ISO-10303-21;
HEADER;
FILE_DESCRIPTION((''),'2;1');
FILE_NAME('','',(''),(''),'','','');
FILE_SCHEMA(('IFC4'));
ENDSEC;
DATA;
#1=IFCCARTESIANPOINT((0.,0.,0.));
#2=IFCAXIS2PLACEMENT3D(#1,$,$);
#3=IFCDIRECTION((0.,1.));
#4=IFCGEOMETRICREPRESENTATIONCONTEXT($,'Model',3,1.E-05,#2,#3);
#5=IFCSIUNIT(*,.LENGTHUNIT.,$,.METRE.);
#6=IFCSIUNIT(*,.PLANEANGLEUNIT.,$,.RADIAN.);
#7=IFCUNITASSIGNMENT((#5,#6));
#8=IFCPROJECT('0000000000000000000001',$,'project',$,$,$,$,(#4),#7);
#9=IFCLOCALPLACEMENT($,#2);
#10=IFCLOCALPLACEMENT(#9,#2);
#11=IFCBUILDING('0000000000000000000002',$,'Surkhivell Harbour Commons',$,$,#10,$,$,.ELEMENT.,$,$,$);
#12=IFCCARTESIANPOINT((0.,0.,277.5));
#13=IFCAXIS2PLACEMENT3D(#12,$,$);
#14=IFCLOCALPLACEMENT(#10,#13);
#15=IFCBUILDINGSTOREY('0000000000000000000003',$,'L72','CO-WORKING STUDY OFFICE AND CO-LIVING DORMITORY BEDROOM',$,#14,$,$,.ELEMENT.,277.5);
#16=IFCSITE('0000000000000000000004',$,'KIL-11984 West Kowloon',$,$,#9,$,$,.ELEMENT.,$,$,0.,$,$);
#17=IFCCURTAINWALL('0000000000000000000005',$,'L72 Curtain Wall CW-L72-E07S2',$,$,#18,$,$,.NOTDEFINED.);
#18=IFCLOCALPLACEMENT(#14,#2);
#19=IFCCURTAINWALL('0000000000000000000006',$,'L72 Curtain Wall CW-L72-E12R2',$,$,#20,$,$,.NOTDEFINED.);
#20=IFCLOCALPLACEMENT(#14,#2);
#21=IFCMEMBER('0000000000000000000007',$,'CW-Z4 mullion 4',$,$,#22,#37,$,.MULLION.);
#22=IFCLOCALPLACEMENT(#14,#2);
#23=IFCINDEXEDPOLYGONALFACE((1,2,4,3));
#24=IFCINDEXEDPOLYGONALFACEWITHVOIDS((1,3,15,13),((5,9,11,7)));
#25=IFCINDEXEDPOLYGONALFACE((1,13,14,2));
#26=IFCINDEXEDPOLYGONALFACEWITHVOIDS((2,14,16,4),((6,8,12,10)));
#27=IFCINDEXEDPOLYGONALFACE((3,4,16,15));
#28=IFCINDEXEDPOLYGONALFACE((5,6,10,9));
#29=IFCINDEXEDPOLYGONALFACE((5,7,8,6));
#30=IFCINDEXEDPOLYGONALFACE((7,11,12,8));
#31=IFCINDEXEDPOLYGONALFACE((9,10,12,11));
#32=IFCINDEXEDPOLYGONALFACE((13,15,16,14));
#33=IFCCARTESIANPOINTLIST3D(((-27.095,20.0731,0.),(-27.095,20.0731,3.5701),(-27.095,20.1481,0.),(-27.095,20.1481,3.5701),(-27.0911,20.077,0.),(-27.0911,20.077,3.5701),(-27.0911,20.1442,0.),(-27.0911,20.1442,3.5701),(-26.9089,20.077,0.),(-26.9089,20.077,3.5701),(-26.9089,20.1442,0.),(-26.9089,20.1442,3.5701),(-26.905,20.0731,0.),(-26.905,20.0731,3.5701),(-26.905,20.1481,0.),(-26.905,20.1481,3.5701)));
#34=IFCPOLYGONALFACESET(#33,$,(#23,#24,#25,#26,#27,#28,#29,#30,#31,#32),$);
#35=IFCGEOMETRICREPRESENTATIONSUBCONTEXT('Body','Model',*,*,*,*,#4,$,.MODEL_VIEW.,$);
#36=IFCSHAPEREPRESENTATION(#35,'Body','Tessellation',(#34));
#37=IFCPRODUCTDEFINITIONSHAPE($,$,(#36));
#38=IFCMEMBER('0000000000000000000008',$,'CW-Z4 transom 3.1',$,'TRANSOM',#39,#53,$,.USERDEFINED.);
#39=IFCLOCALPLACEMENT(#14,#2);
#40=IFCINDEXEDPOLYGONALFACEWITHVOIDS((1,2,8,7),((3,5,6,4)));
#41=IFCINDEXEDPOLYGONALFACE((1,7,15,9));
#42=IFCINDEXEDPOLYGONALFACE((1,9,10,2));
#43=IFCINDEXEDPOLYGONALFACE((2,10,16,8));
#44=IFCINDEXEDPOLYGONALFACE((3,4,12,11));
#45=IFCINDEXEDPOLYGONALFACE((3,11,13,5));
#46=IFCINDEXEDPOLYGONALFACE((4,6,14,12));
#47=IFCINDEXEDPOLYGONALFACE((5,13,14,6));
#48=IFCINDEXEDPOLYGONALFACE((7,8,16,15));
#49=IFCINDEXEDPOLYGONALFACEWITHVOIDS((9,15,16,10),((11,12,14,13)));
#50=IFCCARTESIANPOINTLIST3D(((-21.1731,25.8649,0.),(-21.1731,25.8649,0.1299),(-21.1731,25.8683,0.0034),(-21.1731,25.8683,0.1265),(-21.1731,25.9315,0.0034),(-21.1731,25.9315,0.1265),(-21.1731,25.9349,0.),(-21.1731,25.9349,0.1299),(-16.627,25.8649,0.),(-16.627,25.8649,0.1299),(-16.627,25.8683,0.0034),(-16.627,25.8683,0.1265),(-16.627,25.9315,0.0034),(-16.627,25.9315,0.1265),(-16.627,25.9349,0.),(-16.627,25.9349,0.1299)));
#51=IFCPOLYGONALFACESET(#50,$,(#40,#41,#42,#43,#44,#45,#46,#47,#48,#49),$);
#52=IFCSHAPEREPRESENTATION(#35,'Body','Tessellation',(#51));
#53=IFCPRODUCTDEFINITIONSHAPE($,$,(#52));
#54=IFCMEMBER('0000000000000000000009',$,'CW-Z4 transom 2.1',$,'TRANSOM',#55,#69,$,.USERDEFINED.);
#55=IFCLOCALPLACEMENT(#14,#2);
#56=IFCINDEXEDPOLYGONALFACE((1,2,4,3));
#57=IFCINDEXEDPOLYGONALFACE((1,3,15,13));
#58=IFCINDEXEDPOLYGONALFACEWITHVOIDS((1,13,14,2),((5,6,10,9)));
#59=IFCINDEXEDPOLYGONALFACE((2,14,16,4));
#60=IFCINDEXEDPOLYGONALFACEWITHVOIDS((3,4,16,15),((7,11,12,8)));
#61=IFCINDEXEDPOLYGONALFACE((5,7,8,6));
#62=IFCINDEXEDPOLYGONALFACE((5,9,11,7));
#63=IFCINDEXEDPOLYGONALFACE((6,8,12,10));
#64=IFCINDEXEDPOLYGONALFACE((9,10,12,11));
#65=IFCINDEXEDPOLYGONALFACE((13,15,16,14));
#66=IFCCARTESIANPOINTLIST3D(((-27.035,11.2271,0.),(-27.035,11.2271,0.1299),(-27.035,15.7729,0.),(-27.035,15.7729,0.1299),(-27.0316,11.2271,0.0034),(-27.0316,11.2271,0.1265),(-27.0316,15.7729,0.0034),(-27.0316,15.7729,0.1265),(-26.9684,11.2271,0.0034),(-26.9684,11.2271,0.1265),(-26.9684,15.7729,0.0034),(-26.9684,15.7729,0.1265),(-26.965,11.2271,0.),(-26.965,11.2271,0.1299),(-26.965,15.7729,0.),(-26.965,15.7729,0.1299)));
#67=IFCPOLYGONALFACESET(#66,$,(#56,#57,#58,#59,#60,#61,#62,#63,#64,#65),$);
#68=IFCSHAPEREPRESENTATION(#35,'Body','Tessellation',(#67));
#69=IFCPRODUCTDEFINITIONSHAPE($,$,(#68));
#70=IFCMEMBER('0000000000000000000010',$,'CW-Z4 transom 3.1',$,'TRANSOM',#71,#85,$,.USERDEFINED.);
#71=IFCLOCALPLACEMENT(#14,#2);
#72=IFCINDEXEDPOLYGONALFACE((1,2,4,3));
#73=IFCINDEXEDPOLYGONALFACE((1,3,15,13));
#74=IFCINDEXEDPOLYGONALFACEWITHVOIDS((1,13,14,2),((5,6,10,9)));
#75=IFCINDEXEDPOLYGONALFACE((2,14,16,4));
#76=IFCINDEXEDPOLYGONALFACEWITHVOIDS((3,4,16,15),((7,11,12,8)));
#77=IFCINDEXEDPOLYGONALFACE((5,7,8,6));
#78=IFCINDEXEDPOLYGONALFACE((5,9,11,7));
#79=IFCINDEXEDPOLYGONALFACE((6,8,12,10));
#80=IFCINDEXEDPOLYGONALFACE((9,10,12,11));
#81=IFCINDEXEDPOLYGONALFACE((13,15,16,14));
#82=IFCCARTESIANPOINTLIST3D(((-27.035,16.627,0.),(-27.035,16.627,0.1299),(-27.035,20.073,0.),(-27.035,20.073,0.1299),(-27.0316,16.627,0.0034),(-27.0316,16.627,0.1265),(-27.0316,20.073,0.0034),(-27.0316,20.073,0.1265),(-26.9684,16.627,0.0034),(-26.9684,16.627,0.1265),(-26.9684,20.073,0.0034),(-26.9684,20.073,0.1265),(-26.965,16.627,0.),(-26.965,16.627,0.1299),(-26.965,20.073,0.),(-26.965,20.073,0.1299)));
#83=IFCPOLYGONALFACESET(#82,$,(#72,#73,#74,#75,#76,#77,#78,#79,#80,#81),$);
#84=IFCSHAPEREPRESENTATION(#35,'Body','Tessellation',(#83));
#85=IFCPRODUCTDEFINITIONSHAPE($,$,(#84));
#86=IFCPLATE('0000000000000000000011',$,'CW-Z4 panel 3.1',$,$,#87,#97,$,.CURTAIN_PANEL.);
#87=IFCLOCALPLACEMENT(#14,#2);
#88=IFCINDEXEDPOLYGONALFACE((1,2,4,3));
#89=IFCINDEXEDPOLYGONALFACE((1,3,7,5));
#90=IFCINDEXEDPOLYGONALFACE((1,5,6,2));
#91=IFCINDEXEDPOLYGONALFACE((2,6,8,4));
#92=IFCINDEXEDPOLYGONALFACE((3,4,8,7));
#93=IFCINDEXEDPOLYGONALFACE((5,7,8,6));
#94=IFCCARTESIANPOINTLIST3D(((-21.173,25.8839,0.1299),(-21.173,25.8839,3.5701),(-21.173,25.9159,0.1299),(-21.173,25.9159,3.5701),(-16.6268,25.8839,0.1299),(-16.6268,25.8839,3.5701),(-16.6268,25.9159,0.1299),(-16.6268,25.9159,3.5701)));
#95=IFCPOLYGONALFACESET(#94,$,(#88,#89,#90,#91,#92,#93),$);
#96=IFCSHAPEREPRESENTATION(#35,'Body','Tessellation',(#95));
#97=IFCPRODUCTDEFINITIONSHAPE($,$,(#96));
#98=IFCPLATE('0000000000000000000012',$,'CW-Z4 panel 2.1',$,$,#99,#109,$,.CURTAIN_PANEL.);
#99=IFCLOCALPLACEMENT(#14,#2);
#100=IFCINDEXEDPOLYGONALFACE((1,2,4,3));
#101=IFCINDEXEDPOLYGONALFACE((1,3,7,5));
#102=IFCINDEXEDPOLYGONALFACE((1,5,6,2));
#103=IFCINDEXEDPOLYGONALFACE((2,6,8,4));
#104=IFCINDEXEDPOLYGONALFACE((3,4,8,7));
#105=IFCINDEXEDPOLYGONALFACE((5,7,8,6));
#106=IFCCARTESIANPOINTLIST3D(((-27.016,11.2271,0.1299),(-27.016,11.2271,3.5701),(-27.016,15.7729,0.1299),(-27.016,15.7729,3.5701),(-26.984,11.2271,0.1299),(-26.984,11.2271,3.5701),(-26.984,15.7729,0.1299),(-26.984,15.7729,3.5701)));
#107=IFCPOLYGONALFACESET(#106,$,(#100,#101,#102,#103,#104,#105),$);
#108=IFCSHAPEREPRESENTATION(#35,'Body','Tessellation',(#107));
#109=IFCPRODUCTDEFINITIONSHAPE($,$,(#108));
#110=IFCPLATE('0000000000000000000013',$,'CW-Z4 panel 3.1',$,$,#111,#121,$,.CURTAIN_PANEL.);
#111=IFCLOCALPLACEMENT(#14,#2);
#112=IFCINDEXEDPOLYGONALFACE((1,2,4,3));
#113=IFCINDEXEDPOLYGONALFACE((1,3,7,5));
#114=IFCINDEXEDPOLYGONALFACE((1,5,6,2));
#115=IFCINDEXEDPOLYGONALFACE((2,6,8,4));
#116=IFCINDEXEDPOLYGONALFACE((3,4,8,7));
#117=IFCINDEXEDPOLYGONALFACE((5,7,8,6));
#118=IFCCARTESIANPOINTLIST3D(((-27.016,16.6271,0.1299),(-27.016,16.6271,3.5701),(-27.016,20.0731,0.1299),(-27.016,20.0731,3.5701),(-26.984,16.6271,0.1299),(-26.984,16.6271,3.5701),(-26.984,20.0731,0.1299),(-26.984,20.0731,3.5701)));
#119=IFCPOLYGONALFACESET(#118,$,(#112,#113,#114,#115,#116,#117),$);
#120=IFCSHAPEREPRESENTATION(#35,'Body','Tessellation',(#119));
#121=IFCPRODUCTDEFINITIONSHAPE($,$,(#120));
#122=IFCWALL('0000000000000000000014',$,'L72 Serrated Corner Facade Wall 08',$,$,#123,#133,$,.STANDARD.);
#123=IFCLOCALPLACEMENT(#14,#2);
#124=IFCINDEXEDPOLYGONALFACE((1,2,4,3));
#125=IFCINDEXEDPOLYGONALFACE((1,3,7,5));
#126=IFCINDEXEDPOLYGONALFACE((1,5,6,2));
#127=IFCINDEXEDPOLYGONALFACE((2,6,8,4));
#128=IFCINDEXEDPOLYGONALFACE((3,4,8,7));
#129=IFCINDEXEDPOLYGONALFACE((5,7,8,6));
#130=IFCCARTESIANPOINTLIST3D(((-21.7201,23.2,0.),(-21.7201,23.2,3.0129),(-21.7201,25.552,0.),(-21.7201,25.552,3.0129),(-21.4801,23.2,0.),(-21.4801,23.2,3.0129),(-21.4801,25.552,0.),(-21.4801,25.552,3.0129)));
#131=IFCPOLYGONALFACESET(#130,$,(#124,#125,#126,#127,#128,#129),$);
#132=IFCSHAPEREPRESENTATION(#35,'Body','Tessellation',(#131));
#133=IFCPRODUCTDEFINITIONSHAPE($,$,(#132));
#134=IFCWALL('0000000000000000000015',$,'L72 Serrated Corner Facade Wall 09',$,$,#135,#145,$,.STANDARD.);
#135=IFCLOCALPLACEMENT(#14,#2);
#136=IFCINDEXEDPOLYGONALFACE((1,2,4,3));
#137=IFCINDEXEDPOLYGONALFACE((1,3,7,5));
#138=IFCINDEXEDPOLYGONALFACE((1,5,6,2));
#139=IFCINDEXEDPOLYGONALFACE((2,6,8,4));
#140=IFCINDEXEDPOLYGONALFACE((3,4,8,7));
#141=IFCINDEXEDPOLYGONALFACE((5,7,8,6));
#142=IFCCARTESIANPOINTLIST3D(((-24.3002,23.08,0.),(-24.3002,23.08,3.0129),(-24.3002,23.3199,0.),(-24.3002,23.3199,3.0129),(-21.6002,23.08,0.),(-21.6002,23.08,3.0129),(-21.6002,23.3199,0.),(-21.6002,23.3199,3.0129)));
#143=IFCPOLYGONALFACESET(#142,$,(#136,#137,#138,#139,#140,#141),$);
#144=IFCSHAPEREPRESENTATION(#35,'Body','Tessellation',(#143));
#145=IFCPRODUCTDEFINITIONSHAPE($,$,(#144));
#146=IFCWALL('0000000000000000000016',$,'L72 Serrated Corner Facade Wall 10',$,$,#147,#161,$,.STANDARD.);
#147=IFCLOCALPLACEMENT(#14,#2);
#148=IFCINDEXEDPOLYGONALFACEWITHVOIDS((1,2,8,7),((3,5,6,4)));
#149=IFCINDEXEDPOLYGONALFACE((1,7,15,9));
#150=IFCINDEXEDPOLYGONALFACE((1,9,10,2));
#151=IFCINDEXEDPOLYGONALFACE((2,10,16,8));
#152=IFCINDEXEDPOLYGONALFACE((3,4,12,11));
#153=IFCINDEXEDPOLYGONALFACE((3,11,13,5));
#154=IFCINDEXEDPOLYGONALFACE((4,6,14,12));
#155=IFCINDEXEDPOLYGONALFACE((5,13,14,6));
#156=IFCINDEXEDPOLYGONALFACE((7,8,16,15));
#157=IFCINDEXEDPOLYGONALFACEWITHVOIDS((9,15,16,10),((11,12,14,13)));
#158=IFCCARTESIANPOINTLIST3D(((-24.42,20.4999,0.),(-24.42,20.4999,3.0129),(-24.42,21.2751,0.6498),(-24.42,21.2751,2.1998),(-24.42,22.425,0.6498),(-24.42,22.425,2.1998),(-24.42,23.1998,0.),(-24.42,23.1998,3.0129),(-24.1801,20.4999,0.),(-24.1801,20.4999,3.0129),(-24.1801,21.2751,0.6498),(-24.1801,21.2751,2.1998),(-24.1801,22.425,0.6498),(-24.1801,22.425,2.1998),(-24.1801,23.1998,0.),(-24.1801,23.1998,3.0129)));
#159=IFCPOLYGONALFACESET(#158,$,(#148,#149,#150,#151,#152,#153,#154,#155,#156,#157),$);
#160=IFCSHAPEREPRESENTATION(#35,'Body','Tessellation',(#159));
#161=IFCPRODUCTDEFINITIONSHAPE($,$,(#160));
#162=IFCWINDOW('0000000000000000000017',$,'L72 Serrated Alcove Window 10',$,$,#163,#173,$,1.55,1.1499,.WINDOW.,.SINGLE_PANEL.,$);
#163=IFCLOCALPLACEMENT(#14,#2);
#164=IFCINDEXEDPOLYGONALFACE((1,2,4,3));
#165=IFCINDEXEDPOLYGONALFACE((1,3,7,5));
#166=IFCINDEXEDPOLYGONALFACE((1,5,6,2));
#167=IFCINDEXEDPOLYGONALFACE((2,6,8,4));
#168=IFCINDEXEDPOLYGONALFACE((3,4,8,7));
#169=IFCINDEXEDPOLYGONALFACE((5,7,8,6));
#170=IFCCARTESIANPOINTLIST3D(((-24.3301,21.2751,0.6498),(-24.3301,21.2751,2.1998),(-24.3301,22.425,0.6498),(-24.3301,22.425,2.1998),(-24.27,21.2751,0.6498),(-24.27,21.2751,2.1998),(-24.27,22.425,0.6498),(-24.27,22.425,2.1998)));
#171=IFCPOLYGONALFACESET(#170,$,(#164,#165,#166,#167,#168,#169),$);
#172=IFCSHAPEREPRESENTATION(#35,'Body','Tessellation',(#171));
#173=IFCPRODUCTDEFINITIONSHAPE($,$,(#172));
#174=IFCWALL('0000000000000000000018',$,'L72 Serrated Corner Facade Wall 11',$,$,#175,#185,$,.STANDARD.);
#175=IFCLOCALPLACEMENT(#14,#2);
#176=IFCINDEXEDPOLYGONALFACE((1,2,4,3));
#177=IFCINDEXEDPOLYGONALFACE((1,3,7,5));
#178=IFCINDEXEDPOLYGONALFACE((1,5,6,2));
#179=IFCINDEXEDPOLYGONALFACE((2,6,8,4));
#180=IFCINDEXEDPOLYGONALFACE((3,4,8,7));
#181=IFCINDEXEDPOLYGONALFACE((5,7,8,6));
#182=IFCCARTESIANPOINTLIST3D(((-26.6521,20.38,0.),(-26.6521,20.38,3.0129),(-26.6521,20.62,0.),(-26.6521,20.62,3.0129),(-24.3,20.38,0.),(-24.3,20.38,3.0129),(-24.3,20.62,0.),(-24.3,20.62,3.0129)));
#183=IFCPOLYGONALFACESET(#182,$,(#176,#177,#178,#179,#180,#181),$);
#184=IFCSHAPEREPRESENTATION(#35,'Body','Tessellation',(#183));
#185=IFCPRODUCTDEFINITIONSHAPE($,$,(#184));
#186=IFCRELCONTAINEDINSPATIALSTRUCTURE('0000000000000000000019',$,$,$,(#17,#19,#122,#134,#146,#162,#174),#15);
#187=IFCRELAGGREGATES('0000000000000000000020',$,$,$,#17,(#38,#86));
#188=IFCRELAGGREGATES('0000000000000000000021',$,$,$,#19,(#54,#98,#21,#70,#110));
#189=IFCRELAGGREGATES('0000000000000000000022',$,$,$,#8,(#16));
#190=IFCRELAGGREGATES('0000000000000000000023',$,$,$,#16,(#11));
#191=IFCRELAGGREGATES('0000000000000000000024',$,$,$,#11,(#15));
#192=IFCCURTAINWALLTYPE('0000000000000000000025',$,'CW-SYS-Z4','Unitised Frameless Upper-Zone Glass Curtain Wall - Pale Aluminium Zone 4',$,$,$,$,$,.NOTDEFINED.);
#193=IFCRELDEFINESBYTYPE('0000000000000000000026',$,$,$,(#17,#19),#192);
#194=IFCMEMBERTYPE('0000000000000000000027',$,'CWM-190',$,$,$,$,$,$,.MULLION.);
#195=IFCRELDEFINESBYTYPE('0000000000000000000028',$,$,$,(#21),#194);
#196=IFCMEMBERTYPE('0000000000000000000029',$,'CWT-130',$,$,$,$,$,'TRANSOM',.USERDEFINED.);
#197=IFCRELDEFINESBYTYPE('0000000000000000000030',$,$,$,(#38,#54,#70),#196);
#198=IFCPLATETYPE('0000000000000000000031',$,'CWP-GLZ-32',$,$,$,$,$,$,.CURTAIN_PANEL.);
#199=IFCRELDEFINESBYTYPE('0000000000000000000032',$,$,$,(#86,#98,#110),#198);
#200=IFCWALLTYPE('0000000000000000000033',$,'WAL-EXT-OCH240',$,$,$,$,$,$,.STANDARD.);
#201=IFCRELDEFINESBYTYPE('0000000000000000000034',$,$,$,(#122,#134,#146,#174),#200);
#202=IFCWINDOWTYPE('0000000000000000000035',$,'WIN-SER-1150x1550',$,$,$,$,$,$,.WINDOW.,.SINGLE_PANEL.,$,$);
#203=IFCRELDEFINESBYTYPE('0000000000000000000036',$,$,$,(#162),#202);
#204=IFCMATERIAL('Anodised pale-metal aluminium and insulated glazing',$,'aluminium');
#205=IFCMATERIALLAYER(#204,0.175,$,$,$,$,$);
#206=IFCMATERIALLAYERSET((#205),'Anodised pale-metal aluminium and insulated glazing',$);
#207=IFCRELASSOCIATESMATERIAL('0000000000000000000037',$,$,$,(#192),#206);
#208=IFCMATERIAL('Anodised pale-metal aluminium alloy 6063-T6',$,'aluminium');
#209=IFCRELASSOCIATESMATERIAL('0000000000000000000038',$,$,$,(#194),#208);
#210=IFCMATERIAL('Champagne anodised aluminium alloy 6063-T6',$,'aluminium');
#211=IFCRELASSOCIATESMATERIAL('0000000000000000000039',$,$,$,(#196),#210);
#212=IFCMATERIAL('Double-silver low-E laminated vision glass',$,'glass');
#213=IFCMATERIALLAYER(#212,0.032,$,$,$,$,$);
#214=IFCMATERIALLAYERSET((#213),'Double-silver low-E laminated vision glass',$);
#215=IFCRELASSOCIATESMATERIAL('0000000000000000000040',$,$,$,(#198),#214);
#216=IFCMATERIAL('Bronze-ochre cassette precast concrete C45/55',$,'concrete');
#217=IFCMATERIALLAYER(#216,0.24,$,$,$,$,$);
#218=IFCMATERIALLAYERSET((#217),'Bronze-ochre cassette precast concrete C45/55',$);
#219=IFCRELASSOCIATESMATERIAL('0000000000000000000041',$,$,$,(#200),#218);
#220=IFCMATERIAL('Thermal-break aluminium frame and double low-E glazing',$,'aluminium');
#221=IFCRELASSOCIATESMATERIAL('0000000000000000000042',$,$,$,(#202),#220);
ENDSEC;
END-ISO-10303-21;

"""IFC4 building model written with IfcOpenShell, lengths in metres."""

from ifc_helpers import new_model, si_unit, direction, frame, frame_2d, origin, origin_2d, place, context, subcontext, project, spatial, rectangle, hollow_rectangle, extrude, material, layer, layer_set, material_profile, profile_set, type_object, element, fill, aggregate, save


model = new_model("IFC4")

# Units and contexts
model_context = context("Model", 3, precision=1e-05, world=origin(), true_north=direction((0.0, 1.0)))
body_context = subcontext(model_context, "Body", "Model", "MODEL_VIEW")
ifc_project = project(units=[si_unit("LENGTHUNIT", "METRE"), si_unit("PLANEANGLEUNIT", "RADIAN")], contexts=[model_context])

# Site, building, storey
site_placement = place(None, origin())
site = spatial("IfcSite", under=ifc_project, at=site_placement, Name="KIL-11984 West Kowloon", CompositionType="ELEMENT", RefElevation=0.0)
building_placement = place(site_placement, origin())
building = spatial("IfcBuilding", under=site, at=building_placement, Name="Surkhivell Harbour Commons", CompositionType="ELEMENT")
storey_placement = place(building_placement, frame((0.0, 0.0, 277.5)))
storey = spatial("IfcBuildingStorey", under=building, at=storey_placement, Name="L72", Description="CO-WORKING STUDY OFFICE AND CO-LIVING DORMITORY BEDROOM", CompositionType="ELEMENT", Elevation=277.5)

# Curtain walls, member
ifc_material_1 = material(Name="Anodised pale-metal aluminium and insulated glazing", Category="aluminium")
ifc_layer_1 = layer(ifc_material_1, 0.175)
ifc_layer_set_1 = layer_set([ifc_layer_1], Name="Anodised pale-metal aluminium and insulated glazing")
curtain_wall_type = type_object("IfcCurtainWallType", Name="CW-SYS-Z4", Description="Unitised Frameless Upper-Zone Glass Curtain Wall - Pale Aluminium Zone 4", PredefinedType="NOTDEFINED", material=ifc_layer_set_1)
curtain_wall_1_placement = place(storey_placement, origin())
curtain_wall_1 = element("IfcCurtainWall", 1, at=curtain_wall_1_placement, inside=storey, type_object=curtain_wall_type, Name="L72 Curtain Wall CW-L72-E07S2", PredefinedType="NOTDEFINED")
ifc_material_2 = material(Name="Anodised pale-metal aluminium alloy 6063-T6", Category="aluminium")
ifc_material_profile_1 = material_profile(ifc_material_2, hollow_rectangle(XDim=0.075, YDim=0.1899, WallThickness=0.0039, at=origin_2d()), Name="ALU-MULL-75x190")
ifc_profile_set_1 = profile_set([ifc_material_profile_1], Name="Anodised pale-metal aluminium alloy 6063-T6")
member_type_1 = type_object("IfcMemberType", Name="CWM-190", PredefinedType="MULLION", material=ifc_profile_set_1)
curtain_wall_2_placement = place(storey_placement, origin())
curtain_wall_2 = element("IfcCurtainWall", 2, at=curtain_wall_2_placement, inside=storey, type_object=curtain_wall_type, Name="L72 Curtain Wall CW-L72-E12R2", PredefinedType="NOTDEFINED")
member_1_placement = place(storey_placement, frame((-27.0, 20.1106, 0.0), z_axis=(0.0, 0.0, 1.0), x_axis=(0.0, 1.0, 0.0)))
member_1 = element("IfcMember", 3, at=member_1_placement, type_object=member_type_1, Name="CW-Z4 mullion 4", PredefinedType="MULLION", context=body_context, shape_type="SweptSolid", body=[
    extrude(hollow_rectangle(XDim=0.075, YDim=0.1899, WallThickness=0.0039, at=origin_2d()), origin(), (0.0, 0.0, 1.0), 3.5701),
])

# Members
ifc_material_3 = material(Name="Champagne anodised aluminium alloy 6063-T6", Category="aluminium")
ifc_material_profile_2 = material_profile(ifc_material_3, hollow_rectangle(XDim=0.0701, YDim=0.1299, WallThickness=0.0034, at=origin_2d()), Name="ALU-TRAN-70x130")
ifc_profile_set_2 = profile_set([ifc_material_profile_2], Name="Champagne anodised aluminium alloy 6063-T6")
member_type_2 = type_object("IfcMemberType", Name="CWT-130", ElementType="TRANSOM", PredefinedType="USERDEFINED", material=ifc_profile_set_2)
member_2_placement = place(storey_placement, frame((-16.627, 25.8999, 0.0649), z_axis=(-1.0, 0.0, 0.0), x_axis=(0.0, -1.0, 0.0)))
member_2 = element("IfcMember", 4, at=member_2_placement, type_object=member_type_2, Name="CW-Z4 transom 3.1", ObjectType="TRANSOM", PredefinedType="USERDEFINED", context=body_context, shape_type="SweptSolid", body=[
    extrude(hollow_rectangle(XDim=0.0701, YDim=0.1299, WallThickness=0.0034, at=origin_2d()), origin(), (0.0, 0.0, 1.0), 4.5461),
])
member_3_placement = place(storey_placement, frame((-27.0, 11.2271, 0.0649), z_axis=(0.0, 1.0, 0.0), x_axis=(-1.0, 0.0, 0.0)))
member_3 = element("IfcMember", 5, at=member_3_placement, type_object=member_type_2, Name="CW-Z4 transom 2.1", ObjectType="TRANSOM", PredefinedType="USERDEFINED", context=body_context, shape_type="SweptSolid", body=[
    extrude(hollow_rectangle(XDim=0.0701, YDim=0.1299, WallThickness=0.0034, at=origin_2d()), origin(), (0.0, 0.0, 1.0), 4.5459),
])
member_4_placement = place(storey_placement, frame((-27.0, 16.627, 0.0649), z_axis=(0.0, 1.0, 0.0), x_axis=(-1.0, 0.0, 0.0)))
member_4 = element("IfcMember", 6, at=member_4_placement, type_object=member_type_2, Name="CW-Z4 transom 3.1", ObjectType="TRANSOM", PredefinedType="USERDEFINED", context=body_context, shape_type="SweptSolid", body=[
    extrude(hollow_rectangle(XDim=0.0701, YDim=0.1299, WallThickness=0.0034, at=origin_2d()), origin(), (0.0, 0.0, 1.0), 3.446),
])

# Plates
ifc_material_4 = material(Name="Double-silver low-E laminated vision glass", Category="glass")
ifc_layer_2 = layer(ifc_material_4, 0.032)
ifc_layer_set_2 = layer_set([ifc_layer_2], Name="Double-silver low-E laminated vision glass")
plate_type = type_object("IfcPlateType", Name="CWP-GLZ-32", PredefinedType="CURTAIN_PANEL", material=ifc_layer_set_2)
plate_1_placement = place(storey_placement, frame((-16.627, 25.8999, 0.1299), z_axis=(0.0, 0.0, 1.0), x_axis=(-1.0, 0.0, 0.0)))
plate_1 = element("IfcPlate", 7, at=plate_1_placement, type_object=plate_type, Name="CW-Z4 panel 3.1", PredefinedType="CURTAIN_PANEL", context=body_context, shape_type="SweptSolid", body=[
    extrude(rectangle(XDim=4.5461, YDim=0.032, at=frame_2d((2.2729, 0.0))), origin(), (0.0, 0.0, 1.0), 3.4402),
])
aggregate(curtain_wall_1, [member_2, plate_1])
plate_2_placement = place(storey_placement, frame((-27.0, 11.2271, 0.1299), z_axis=(0.0, 0.0, 1.0), x_axis=(0.0, 1.0, 0.0)))
plate_2 = element("IfcPlate", 8, at=plate_2_placement, type_object=plate_type, Name="CW-Z4 panel 2.1", PredefinedType="CURTAIN_PANEL", context=body_context, shape_type="SweptSolid", body=[
    extrude(rectangle(XDim=4.5459, YDim=0.032, at=frame_2d((2.2729, 0.0))), origin(), (0.0, 0.0, 1.0), 3.4402),
])
plate_3_placement = place(storey_placement, frame((-27.0, 16.627, 0.1299), z_axis=(0.0, 0.0, 1.0), x_axis=(0.0, 1.0, 0.0)))
plate_3 = element("IfcPlate", 9, at=plate_3_placement, type_object=plate_type, Name="CW-Z4 panel 3.1", PredefinedType="CURTAIN_PANEL", context=body_context, shape_type="SweptSolid", body=[
    extrude(rectangle(XDim=3.446, YDim=0.032, at=frame_2d((1.7231, 0.0))), origin(), (0.0, 0.0, 1.0), 3.4402),
])
aggregate(curtain_wall_2, [member_3, plate_2, member_1, member_4, plate_3])

# Walls
ifc_material_5 = material(Name="Bronze-ochre cassette precast concrete C45/55", Category="concrete")
ifc_layer_3 = layer(ifc_material_5, 0.24)
ifc_layer_set_3 = layer_set([ifc_layer_3], Name="Bronze-ochre cassette precast concrete C45/55")
wall_type = type_object("IfcWallType", Name="WAL-EXT-OCH240", PredefinedType="STANDARD", material=ifc_layer_set_3)
wall_1_placement = place(storey_placement, frame((-21.6001, 25.552, 0.0), z_axis=(0.0, 0.0, 1.0), x_axis=(0.0, -1.0, 0.0)))
element("IfcWall", 10, at=wall_1_placement, inside=storey, type_object=wall_type, Name="L72 Serrated Corner Facade Wall 08", PredefinedType="STANDARD", context=body_context, shape_type="SweptSolid", body=[
    extrude(rectangle(XDim=2.3521, YDim=0.24, at=frame_2d((1.176, 0.0))), origin(), (0.0, 0.0, 1.0), 3.0129),
])
wall_2_placement = place(storey_placement, frame((-21.6001, 23.2, 0.0), z_axis=(0.0, 0.0, 1.0), x_axis=(-1.0, 0.0, 0.0)))
element("IfcWall", 11, at=wall_2_placement, inside=storey, type_object=wall_type, Name="L72 Serrated Corner Facade Wall 09", PredefinedType="STANDARD", context=body_context, shape_type="SweptSolid", body=[
    extrude(rectangle(XDim=2.7, YDim=0.24, at=frame_2d((1.3501, 0.0))), origin(), (0.0, 0.0, 1.0), 3.0129),
])

# Wall, opening, window
wall_3_placement = place(storey_placement, frame((-24.3, 23.2, 0.0), z_axis=(0.0, 0.0, 1.0), x_axis=(0.0, -1.0, 0.0)))
wall_3 = element("IfcWall", 12, at=wall_3_placement, inside=storey, type_object=wall_type, Name="L72 Serrated Corner Facade Wall 10", PredefinedType="STANDARD", context=body_context, shape_type="SweptSolid", body=[
    extrude(rectangle(XDim=2.7, YDim=0.24, at=frame_2d((1.3501, 0.0))), origin(), (0.0, 0.0, 1.0), 3.0129),
])
opening_placement = place(wall_3_placement, frame((0.7749, 0.0, 0.6499)))
opening = element("IfcOpeningElement", 13, at=opening_placement, cuts=wall_3, PredefinedType="OPENING", context=body_context, shape_type="SweptSolid", body=[
    extrude(rectangle(XDim=1.1499, YDim=1.55, at=frame_2d((0.575, 0.7749))), frame((0.0, 0.1299, 0.0), z_axis=(0.0, -1.0, 0.0), x_axis=(1.0, 0.0, 0.0)), (0.0, 0.0, 1.0), 0.26),
])
ifc_material_6 = material(Name="Thermal-break aluminium frame and double low-E glazing", Category="aluminium")
window_type = type_object("IfcWindowType", Name="WIN-SER-1150x1550", PartitioningType="SINGLE_PANEL", PredefinedType="WINDOW", material=ifc_material_6)
window_placement = place(opening_placement, origin())
window = element("IfcWindow", 14, at=window_placement, inside=storey, type_object=window_type, Name="L72 Serrated Alcove Window 10", OverallHeight=1.55, OverallWidth=1.1499, PartitioningType="SINGLE_PANEL", PredefinedType="WINDOW", context=body_context, shape_type="SweptSolid", body=[
    extrude(rectangle(XDim=1.1499, YDim=1.55, at=frame_2d((0.575, 0.7749))), frame((0.0, 0.03, 0.0), z_axis=(0.0, -1.0, 0.0), x_axis=(1.0, 0.0, 0.0)), (0.0, 0.0, 1.0), 0.0601),
])
fill(opening, window)

# Wall
wall_4_placement = place(storey_placement, frame((-24.3, 20.5, 0.0), z_axis=(0.0, 0.0, 1.0), x_axis=(-1.0, 0.0, 0.0)))
element("IfcWall", 15, at=wall_4_placement, inside=storey, type_object=wall_type, Name="L72 Serrated Corner Facade Wall 11", PredefinedType="STANDARD", context=body_context, shape_type="SweptSolid", body=[
    extrude(rectangle(XDim=2.3521, YDim=0.24, at=frame_2d((1.176, 0.0))), origin(), (0.0, 0.0, 1.0), 3.0129),
])

save(model, "model.ifc")
